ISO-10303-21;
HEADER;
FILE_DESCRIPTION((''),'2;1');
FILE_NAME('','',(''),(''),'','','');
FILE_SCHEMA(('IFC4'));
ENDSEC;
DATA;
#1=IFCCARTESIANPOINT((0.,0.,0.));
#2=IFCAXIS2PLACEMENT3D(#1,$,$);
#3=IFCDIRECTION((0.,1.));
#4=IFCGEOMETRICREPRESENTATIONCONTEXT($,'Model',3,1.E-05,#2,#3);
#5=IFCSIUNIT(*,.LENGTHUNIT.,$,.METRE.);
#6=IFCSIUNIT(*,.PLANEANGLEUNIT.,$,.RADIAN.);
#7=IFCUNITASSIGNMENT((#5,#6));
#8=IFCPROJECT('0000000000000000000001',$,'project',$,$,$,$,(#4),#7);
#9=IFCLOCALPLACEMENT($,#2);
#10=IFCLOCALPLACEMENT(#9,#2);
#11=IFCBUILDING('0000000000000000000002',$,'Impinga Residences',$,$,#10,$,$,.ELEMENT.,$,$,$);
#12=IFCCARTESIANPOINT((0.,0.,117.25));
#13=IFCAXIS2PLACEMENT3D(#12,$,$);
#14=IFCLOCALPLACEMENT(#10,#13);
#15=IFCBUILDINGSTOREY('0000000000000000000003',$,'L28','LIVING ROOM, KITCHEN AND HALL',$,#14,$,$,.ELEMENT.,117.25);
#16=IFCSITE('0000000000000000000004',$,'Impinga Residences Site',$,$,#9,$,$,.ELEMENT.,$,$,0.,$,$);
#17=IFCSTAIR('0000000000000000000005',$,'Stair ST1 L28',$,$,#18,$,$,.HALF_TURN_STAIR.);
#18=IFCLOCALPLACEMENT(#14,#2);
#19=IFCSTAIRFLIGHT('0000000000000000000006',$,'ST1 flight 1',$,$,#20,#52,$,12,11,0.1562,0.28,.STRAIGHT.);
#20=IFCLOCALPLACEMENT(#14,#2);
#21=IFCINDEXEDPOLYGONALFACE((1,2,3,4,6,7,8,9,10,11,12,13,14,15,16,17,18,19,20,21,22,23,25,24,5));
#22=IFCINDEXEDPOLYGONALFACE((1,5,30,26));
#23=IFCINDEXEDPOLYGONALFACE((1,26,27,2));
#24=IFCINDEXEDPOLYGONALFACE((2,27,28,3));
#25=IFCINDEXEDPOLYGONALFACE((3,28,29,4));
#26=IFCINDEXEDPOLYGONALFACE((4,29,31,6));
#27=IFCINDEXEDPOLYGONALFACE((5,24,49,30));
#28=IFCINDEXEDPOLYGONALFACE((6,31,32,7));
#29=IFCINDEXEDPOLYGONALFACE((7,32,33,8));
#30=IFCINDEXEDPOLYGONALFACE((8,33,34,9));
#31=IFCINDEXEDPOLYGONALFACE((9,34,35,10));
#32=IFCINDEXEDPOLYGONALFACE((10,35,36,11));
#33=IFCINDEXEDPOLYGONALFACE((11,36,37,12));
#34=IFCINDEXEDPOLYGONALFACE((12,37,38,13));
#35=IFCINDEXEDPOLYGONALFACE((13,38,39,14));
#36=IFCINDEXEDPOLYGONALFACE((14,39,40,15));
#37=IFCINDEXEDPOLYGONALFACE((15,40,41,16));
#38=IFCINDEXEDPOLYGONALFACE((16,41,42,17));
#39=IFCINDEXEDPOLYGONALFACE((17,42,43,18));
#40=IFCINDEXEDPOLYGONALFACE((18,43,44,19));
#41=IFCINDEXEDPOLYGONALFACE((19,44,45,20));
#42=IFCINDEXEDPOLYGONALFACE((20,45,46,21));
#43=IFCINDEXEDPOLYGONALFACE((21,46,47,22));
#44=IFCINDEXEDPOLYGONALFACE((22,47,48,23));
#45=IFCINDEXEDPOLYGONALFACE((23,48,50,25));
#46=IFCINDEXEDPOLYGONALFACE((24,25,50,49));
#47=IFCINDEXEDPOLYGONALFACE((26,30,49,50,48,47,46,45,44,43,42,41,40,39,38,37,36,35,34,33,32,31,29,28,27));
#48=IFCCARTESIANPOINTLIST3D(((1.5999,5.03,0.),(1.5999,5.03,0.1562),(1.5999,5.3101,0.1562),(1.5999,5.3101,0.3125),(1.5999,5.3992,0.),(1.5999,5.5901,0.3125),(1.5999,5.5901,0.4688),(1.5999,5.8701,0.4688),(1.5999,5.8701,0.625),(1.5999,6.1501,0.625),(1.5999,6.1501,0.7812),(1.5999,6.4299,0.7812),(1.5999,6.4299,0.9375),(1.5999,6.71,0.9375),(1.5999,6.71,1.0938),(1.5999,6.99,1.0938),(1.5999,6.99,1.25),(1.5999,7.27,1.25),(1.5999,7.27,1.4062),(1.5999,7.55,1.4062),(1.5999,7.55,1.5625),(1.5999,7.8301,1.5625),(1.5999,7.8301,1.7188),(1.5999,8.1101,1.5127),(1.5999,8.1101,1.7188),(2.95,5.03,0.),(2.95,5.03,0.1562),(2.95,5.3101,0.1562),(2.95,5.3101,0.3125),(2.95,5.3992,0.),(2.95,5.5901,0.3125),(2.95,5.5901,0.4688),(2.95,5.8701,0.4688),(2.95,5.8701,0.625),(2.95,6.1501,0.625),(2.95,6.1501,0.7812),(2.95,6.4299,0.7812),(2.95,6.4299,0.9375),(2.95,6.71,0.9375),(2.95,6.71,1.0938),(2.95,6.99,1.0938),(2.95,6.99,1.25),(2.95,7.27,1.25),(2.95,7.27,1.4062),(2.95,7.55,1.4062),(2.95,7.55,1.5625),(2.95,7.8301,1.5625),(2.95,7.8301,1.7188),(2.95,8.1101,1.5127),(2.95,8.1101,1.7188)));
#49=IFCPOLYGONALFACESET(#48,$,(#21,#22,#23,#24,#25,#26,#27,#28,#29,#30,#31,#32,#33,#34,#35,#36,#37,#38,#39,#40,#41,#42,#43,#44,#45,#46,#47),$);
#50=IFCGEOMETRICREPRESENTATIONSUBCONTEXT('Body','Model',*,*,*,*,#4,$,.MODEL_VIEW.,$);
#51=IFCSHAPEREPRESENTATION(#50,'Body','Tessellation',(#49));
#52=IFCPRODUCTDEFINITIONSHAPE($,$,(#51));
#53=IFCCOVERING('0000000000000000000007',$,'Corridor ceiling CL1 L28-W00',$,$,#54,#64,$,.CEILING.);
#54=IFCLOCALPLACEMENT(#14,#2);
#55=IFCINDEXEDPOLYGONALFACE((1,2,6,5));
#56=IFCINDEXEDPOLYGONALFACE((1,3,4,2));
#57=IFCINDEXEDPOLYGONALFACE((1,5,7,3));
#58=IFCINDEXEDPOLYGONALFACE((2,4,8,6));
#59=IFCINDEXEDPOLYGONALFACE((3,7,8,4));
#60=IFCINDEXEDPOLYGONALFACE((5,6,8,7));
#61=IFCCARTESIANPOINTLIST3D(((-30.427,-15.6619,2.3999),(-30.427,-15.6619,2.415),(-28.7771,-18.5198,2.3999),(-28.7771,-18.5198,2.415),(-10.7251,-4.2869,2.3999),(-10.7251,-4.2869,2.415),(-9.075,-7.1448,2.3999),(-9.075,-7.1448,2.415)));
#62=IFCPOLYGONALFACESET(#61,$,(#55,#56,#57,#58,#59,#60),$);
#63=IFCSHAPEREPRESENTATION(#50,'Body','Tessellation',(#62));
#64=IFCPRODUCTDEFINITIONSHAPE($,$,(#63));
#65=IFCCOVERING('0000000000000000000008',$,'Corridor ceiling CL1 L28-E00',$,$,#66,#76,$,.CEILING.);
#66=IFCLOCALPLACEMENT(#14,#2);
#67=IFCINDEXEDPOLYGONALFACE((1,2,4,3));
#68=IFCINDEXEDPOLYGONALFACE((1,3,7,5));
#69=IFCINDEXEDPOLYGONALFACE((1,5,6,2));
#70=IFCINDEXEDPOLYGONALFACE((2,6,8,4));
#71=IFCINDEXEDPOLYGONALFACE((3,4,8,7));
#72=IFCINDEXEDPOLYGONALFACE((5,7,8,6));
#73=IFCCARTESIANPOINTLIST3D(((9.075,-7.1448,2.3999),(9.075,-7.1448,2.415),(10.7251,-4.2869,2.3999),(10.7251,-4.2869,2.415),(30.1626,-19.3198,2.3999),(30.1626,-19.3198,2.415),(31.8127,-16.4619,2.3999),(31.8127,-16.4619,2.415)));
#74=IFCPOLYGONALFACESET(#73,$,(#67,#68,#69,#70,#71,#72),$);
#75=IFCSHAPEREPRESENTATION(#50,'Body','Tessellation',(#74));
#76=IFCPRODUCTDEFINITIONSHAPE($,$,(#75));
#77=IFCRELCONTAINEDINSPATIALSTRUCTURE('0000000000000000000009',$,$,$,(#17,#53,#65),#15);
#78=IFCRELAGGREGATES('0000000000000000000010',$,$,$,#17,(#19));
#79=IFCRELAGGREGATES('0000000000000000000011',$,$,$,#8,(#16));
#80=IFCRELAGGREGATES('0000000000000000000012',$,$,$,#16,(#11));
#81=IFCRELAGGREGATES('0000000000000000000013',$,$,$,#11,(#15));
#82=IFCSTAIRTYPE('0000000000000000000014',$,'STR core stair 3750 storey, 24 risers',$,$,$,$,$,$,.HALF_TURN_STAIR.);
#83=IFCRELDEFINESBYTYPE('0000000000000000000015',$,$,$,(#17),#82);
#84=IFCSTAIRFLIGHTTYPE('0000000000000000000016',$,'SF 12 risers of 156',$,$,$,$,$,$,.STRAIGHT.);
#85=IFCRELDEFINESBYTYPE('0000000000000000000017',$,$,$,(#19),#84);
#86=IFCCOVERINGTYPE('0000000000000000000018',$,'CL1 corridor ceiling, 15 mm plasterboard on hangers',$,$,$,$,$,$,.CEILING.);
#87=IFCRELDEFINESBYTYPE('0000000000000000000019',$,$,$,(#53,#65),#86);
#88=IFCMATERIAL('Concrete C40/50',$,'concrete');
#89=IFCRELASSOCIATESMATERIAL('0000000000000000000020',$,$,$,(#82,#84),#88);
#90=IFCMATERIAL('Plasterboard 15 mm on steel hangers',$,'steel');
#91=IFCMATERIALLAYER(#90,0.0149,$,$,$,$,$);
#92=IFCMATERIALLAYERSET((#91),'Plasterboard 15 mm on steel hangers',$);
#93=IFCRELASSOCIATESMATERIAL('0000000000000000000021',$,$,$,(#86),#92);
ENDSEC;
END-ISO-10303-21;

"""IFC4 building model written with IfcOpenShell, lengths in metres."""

from ifc_helpers import new_model, si_unit, direction, frame, origin, place, context, subcontext, project, spatial, polyline, outline, extrude, material, layer, layer_set, type_object, element, aggregate, save


model = new_model("IFC4")

# Units and contexts
model_context = context("Model", 3, precision=1e-05, world=origin(), true_north=direction((0.0, 1.0)))
body_context = subcontext(model_context, "Body", "Model", "MODEL_VIEW")
ifc_project = project(units=[si_unit("LENGTHUNIT", "METRE"), si_unit("PLANEANGLEUNIT", "RADIAN")], contexts=[model_context])

# Site, building, storey
site_placement = place(None, origin())
site = spatial("IfcSite", under=ifc_project, at=site_placement, Name="Impinga Residences Site", CompositionType="ELEMENT", RefElevation=0.0)
building_placement = place(site_placement, origin())
building = spatial("IfcBuilding", under=site, at=building_placement, Name="Impinga Residences", CompositionType="ELEMENT")
storey_placement = place(building_placement, frame((0.0, 0.0, 117.25)))
storey = spatial("IfcBuildingStorey", under=building, at=storey_placement, Name="L28", Description="LIVING ROOM, KITCHEN AND HALL", CompositionType="ELEMENT", Elevation=117.25)

# Stair, stair flight
ifc_material_1 = material(Name="Concrete C40/50", Category="concrete")
stair_type = type_object("IfcStairType", Name="STR core stair 3750 storey, 24 risers", PredefinedType="HALF_TURN_STAIR", material=ifc_material_1)
stair_placement = place(storey_placement, origin())
stair = element("IfcStair", 1, at=stair_placement, inside=storey, type_object=stair_type, Name="Stair ST1 L28", PredefinedType="HALF_TURN_STAIR")
stair_flight_type = type_object("IfcStairFlightType", Name="SF 12 risers of 156", PredefinedType="STRAIGHT", material=ifc_material_1)
stair_flight_placement = place(storey_placement, frame((2.2749, 5.03, 0.0), z_axis=(0.0, 0.0, 1.0), x_axis=(0.0, 1.0, 0.0)))
stair_flight = element("IfcStairFlight", 2, at=stair_flight_placement, type_object=stair_flight_type, Name="ST1 flight 1", NumberOfRisers=12, NumberOfTreads=11, PredefinedType="STRAIGHT", RiserHeight=0.1562, TreadLength=0.28, context=body_context, shape_type="SweptSolid", body=[
    extrude(outline(polyline([(0.0, 0.0), (0.0, 0.1562), (0.28, 0.1562), (0.28, 0.3125), (0.5601, 0.3125), (0.5601, 0.4688), (0.8401, 0.4688), (0.8401, 0.625), (1.1201, 0.625), (1.1201, 0.7812), (1.3999, 0.7812), (1.3999, 0.9375), (1.6799, 0.9375), (1.6799, 1.0938), (1.96, 1.0938), (1.96, 1.25), (2.24, 1.25), (2.24, 1.4062), (2.52, 1.4062), (2.52, 1.5625), (2.8, 1.5625), (2.8, 1.7188), (3.0801, 1.7188), (3.0801, 1.875), (3.0801, 1.5127), (0.3691, 0.0), (0.0, 0.0)])), frame((0.0, 0.675, 0.0), z_axis=(0.0, -1.0, 0.0), x_axis=(1.0, 0.0, 0.0)), (0.0, 0.0, 1.0), 1.3501),
])
aggregate(stair, [stair_flight])

# Coverings
ifc_material_2 = material(Name="Plasterboard 15 mm on steel hangers", Category="steel")
ifc_layer_1 = layer(ifc_material_2, 0.0149)
ifc_layer_set_1 = layer_set([ifc_layer_1], Name="Plasterboard 15 mm on steel hangers")
covering_type = type_object("IfcCoveringType", Name="CL1 corridor ceiling, 15 mm plasterboard on hangers", PredefinedType="CEILING", material=ifc_layer_set_1)
covering_1_placement = place(storey_placement, frame((0.0, 0.0, 2.3999)))
element("IfcCovering", 3, at=covering_1_placement, inside=storey, type_object=covering_type, Name="Corridor ceiling CL1 L28-W00", PredefinedType="CEILING", context=body_context, shape_type="SweptSolid", body=[
    extrude(outline(polyline([(-9.075, -7.1448), (-10.7251, -4.2869), (-30.427, -15.6619), (-28.7771, -18.5198), (-9.075, -7.1448)])), origin(), (0.0, 0.0, 1.0), 0.0151),
])
covering_2_placement = place(storey_placement, frame((0.0, 0.0, 2.3999)))
element("IfcCovering", 4, at=covering_2_placement, inside=storey, type_object=covering_type, Name="Corridor ceiling CL1 L28-E00", PredefinedType="CEILING", context=body_context, shape_type="SweptSolid", body=[
    extrude(outline(polyline([(10.7251, -4.2869), (9.075, -7.1448), (30.1626, -19.3198), (31.8127, -16.4619), (10.7251, -4.2869)])), origin(), (0.0, 0.0, 1.0), 0.0151),
])

save(model, "model.ifc")
